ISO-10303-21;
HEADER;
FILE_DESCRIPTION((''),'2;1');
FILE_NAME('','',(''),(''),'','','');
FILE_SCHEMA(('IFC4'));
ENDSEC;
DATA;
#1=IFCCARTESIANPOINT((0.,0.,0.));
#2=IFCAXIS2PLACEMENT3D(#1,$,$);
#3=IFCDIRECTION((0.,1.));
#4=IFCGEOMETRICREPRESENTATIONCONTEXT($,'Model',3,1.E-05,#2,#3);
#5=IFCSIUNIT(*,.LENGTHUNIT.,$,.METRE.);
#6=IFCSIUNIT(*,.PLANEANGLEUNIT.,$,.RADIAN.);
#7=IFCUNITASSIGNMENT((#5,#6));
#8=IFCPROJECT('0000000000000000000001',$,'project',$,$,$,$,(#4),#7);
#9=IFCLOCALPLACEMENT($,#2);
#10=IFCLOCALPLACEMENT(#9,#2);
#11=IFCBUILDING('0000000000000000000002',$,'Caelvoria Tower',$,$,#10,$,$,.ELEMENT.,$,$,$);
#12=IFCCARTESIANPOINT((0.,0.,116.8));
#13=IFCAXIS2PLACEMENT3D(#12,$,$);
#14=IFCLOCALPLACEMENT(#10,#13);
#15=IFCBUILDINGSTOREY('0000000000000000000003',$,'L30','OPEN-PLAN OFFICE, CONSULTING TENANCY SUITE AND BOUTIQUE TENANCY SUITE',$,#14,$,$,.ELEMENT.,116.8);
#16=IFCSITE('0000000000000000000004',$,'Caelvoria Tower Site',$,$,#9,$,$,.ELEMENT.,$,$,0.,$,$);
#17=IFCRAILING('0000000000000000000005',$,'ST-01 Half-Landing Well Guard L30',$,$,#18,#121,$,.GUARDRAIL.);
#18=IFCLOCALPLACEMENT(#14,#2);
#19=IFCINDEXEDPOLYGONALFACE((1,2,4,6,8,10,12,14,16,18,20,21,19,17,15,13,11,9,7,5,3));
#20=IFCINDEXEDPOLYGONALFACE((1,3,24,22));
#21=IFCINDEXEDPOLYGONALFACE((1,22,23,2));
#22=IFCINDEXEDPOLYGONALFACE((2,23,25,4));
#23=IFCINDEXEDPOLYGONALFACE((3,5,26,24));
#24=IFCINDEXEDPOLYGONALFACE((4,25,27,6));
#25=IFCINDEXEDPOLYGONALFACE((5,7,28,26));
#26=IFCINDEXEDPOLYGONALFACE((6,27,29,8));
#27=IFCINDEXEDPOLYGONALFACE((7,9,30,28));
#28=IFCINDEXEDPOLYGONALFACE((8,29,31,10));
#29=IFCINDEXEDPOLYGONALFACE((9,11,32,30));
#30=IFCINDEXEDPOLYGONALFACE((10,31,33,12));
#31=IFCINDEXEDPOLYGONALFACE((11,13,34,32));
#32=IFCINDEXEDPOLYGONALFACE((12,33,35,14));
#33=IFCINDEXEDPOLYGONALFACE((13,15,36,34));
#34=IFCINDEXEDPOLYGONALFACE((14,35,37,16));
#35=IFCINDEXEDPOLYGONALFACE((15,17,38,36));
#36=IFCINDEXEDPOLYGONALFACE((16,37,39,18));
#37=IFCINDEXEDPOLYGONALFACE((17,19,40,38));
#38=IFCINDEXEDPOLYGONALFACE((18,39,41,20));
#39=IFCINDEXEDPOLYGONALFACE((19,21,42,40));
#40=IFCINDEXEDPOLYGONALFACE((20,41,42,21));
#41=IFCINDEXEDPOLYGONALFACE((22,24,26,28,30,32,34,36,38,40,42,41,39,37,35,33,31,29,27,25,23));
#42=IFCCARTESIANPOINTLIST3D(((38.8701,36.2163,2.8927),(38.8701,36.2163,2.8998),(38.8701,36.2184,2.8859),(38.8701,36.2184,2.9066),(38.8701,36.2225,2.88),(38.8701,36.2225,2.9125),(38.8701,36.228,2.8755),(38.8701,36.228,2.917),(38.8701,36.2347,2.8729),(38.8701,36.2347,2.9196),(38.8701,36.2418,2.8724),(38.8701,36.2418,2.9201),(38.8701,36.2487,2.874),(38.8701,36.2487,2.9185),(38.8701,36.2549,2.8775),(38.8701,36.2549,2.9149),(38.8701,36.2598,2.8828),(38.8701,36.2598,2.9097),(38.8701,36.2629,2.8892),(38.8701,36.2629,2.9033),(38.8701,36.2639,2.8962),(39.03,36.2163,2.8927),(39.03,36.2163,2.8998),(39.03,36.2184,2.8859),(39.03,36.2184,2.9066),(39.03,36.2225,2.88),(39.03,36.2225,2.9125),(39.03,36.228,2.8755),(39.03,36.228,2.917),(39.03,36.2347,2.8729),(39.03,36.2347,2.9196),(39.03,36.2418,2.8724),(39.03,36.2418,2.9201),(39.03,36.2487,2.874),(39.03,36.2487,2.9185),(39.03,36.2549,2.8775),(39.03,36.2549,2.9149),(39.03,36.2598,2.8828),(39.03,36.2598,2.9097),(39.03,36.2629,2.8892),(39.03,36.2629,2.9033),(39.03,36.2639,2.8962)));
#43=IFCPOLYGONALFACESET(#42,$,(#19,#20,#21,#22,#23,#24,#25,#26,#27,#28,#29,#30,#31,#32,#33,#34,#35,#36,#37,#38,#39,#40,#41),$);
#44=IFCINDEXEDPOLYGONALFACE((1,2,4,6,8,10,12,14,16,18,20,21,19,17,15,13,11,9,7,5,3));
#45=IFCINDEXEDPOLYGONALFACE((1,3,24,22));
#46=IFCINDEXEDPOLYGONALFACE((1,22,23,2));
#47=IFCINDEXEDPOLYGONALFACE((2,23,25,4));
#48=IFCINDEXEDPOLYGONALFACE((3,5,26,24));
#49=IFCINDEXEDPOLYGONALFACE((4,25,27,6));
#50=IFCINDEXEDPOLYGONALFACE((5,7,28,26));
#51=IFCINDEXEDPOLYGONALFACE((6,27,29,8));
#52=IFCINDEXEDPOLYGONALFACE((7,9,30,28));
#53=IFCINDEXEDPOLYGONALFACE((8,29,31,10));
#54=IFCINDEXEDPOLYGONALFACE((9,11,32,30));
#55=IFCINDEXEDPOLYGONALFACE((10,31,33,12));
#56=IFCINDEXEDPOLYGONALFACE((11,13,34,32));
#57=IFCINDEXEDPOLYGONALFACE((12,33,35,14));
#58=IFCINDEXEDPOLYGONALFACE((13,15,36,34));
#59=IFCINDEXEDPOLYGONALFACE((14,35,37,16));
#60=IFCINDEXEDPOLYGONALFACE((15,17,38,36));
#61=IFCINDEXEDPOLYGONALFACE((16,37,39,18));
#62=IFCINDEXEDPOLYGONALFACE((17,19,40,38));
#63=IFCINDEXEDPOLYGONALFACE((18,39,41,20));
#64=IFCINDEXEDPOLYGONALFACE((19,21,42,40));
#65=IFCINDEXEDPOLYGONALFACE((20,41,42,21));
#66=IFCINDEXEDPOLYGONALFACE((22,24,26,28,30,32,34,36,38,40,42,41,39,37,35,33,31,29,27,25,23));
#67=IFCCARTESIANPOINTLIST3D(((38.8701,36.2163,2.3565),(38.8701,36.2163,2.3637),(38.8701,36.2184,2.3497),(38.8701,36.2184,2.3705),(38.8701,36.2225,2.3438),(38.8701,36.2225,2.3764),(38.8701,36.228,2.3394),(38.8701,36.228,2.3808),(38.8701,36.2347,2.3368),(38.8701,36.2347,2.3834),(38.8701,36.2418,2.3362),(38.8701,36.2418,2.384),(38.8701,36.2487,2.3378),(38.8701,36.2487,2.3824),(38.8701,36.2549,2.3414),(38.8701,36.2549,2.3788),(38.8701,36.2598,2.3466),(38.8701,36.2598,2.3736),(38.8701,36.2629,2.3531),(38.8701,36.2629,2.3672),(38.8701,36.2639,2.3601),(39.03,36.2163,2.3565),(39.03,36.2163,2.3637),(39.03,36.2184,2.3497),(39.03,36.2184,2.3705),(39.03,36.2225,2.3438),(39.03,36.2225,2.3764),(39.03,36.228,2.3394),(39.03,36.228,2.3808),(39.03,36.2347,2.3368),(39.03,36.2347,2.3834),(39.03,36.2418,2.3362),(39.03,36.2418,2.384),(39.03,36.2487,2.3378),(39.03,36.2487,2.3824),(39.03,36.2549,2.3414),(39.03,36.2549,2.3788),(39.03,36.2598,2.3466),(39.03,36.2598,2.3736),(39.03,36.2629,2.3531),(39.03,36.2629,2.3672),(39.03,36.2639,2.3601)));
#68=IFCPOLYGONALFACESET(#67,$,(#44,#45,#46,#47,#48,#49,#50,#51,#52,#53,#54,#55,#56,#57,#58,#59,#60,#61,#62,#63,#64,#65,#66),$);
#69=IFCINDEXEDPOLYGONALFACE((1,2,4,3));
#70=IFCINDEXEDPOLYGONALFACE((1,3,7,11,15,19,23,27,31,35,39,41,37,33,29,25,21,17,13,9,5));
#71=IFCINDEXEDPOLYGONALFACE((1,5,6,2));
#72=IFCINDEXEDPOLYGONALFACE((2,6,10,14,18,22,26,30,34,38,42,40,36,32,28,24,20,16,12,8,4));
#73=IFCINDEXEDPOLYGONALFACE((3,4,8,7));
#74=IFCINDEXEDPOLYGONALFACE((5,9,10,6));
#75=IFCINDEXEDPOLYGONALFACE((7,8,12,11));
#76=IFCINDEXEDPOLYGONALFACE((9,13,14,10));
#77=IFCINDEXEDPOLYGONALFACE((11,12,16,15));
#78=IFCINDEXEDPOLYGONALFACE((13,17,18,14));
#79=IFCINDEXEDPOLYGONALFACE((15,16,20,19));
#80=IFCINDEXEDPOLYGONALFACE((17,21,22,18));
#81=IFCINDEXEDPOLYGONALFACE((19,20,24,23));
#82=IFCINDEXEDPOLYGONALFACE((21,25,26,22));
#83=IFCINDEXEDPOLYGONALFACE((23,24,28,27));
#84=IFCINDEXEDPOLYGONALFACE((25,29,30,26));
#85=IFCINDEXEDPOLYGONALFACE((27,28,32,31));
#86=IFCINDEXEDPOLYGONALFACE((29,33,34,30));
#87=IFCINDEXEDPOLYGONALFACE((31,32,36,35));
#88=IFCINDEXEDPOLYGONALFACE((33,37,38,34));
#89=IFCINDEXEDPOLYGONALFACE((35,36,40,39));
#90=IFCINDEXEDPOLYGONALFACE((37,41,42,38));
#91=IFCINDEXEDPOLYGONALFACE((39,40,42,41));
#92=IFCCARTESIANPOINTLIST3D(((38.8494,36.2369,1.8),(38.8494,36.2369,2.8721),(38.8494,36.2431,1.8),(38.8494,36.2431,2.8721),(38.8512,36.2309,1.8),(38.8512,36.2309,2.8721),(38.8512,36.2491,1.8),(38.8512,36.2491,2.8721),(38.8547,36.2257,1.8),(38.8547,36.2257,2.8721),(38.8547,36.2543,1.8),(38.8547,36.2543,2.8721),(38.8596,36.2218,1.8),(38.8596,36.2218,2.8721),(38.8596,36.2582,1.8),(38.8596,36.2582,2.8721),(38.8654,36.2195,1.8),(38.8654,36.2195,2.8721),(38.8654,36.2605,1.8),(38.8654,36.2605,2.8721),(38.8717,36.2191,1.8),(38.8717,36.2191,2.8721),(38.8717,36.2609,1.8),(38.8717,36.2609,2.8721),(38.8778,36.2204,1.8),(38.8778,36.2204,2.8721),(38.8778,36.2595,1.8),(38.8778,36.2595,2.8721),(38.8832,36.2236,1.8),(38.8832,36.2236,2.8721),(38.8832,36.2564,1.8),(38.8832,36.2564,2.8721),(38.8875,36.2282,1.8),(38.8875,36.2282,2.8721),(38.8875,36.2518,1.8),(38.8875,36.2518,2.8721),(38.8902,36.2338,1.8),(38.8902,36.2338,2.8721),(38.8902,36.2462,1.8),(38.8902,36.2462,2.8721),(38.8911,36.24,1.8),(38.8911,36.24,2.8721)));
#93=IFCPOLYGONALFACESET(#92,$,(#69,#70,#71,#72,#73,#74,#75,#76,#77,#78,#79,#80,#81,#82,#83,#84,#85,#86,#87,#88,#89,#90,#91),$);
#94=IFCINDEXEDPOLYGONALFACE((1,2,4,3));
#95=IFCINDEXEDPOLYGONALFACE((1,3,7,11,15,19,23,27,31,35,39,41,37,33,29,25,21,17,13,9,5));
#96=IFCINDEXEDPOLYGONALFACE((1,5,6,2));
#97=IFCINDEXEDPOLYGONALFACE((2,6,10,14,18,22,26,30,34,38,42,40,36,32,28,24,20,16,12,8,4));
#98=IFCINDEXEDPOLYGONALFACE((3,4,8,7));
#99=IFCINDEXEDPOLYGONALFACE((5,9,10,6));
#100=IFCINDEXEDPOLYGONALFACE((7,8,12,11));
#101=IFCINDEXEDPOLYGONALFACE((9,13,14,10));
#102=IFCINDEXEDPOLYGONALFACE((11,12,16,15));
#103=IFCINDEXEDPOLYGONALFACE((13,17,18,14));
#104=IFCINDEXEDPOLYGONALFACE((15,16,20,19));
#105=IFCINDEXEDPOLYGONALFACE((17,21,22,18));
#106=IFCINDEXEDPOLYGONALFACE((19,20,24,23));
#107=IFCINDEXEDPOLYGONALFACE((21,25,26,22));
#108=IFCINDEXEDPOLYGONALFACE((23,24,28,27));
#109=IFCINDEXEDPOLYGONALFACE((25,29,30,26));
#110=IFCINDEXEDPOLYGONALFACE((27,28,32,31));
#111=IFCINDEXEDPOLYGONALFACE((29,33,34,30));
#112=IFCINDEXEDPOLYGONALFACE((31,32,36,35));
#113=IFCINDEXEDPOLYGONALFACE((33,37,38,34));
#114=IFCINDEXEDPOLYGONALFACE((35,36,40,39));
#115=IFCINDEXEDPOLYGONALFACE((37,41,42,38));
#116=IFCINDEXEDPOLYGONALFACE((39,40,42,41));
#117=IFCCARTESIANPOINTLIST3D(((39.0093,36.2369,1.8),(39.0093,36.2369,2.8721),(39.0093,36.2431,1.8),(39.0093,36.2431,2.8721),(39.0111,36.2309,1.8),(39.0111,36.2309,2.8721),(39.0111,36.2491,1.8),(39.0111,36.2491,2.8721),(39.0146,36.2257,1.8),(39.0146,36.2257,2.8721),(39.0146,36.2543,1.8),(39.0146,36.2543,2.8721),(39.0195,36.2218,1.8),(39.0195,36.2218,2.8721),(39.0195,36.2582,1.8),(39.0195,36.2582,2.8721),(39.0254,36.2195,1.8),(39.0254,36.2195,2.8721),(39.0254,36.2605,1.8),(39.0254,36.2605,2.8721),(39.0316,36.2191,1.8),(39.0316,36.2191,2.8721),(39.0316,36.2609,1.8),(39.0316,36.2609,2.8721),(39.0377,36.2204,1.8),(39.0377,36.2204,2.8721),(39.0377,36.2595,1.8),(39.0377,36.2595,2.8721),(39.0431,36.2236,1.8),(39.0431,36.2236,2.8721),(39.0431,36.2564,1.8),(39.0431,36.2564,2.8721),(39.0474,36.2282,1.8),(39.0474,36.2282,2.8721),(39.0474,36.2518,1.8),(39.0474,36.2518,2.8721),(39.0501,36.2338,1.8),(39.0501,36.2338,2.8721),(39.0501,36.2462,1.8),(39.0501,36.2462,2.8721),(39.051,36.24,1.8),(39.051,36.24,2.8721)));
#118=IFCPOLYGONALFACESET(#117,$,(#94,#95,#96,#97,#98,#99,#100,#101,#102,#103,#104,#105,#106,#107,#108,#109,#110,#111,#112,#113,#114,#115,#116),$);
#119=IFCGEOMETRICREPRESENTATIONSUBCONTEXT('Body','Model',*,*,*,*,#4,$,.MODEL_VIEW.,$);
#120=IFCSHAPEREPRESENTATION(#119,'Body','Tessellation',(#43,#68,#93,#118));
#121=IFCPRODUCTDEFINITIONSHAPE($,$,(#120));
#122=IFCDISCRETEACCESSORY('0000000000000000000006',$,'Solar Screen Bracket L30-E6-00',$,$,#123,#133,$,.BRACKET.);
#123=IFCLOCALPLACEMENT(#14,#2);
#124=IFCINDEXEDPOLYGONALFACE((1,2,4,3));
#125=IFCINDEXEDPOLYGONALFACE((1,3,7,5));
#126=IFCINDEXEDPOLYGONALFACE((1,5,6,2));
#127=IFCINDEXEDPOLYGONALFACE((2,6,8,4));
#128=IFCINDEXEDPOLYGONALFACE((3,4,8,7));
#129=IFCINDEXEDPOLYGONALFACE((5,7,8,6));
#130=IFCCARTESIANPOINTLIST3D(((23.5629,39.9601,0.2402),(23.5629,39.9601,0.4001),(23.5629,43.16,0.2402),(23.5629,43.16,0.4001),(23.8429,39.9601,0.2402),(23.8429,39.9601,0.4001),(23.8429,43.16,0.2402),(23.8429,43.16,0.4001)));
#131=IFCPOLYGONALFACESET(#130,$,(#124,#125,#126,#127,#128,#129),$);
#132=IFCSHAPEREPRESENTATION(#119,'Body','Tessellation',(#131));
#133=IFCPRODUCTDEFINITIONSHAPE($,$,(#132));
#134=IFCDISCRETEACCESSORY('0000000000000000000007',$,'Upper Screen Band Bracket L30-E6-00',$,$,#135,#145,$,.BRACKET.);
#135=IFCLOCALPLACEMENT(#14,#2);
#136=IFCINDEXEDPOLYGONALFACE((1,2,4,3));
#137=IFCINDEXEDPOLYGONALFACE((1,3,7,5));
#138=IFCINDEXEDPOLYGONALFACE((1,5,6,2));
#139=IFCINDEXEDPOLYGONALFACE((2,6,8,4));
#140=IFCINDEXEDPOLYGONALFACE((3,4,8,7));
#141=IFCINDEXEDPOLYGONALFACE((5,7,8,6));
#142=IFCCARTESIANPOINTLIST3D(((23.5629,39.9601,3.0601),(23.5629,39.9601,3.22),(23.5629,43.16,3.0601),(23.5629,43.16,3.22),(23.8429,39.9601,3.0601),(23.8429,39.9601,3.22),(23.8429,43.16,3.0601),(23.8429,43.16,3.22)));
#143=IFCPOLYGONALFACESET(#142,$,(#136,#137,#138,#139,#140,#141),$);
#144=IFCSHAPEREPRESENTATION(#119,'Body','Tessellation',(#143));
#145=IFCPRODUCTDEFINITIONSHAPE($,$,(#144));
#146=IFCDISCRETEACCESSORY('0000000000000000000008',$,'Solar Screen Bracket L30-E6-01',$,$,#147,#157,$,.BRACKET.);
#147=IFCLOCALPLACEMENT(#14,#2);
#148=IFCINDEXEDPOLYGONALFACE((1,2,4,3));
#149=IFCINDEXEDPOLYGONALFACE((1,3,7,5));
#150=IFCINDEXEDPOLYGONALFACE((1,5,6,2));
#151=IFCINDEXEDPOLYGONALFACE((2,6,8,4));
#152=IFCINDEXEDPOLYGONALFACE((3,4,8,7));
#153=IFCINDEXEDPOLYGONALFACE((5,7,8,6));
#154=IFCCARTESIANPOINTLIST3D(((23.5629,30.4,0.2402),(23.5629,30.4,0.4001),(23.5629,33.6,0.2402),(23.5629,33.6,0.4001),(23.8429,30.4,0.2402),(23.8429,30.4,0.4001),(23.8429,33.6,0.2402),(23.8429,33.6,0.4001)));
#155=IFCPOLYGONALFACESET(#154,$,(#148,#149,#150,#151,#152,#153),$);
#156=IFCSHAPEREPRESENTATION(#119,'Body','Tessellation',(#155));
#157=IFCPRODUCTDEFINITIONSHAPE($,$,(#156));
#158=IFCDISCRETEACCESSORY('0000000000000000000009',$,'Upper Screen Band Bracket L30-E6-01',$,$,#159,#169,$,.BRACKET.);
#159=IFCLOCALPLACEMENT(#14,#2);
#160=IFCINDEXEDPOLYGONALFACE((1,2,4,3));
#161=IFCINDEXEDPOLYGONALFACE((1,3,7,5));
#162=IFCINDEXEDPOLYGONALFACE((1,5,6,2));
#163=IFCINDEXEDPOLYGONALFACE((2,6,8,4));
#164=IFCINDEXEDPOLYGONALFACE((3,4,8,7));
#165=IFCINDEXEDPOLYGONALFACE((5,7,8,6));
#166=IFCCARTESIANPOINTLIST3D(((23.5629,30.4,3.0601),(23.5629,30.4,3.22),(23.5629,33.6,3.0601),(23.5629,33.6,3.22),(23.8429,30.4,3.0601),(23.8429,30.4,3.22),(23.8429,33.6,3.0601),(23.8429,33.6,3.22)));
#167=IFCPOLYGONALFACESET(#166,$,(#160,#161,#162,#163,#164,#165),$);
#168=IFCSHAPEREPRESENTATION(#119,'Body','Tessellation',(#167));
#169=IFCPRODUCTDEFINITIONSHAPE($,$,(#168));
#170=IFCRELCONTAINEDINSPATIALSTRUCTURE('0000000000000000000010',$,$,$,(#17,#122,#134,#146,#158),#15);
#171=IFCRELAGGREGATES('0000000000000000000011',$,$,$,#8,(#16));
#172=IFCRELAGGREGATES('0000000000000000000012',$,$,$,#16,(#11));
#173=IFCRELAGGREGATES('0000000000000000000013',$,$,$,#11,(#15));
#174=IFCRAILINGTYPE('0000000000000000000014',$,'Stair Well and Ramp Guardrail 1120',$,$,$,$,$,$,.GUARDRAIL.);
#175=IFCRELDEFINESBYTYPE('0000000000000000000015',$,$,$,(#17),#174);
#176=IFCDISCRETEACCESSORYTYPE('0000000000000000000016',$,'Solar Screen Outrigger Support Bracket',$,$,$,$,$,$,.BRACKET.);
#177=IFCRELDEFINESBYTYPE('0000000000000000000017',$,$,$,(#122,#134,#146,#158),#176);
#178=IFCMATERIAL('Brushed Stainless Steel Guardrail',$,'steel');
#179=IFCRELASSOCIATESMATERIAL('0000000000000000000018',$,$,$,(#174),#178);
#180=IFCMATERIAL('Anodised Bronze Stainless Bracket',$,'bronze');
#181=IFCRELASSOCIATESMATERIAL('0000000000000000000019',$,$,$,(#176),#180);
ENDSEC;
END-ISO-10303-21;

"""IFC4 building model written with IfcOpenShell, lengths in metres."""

from ifc_helpers import new_model, si_unit, direction, frame, origin, origin_2d, place, context, subcontext, project, spatial, rectangle, circle, extrude, material, type_object, element, save


model = new_model("IFC4")

# Units and contexts
model_context = context("Model", 3, precision=1e-05, world=origin(), true_north=direction((0.0, 1.0)))
body_context = subcontext(model_context, "Body", "Model", "MODEL_VIEW")
ifc_project = project(units=[si_unit("LENGTHUNIT", "METRE"), si_unit("PLANEANGLEUNIT", "RADIAN")], contexts=[model_context])

# Site, building, storey
site_placement = place(None, origin())
site = spatial("IfcSite", under=ifc_project, at=site_placement, Name="Caelvoria Tower Site", CompositionType="ELEMENT", RefElevation=0.0)
building_placement = place(site_placement, origin())
building = spatial("IfcBuilding", under=site, at=building_placement, Name="Caelvoria Tower", CompositionType="ELEMENT")
storey_placement = place(building_placement, frame((0.0, 0.0, 116.8)))
storey = spatial("IfcBuildingStorey", under=building, at=storey_placement, Name="L30", Description="OPEN-PLAN OFFICE, CONSULTING TENANCY SUITE AND BOUTIQUE TENANCY SUITE", CompositionType="ELEMENT", Elevation=116.8)

# Railing
ifc_material_1 = material(Name="Brushed Stainless Steel Guardrail", Category="steel")
railing_type_1 = type_object("IfcRailingType", Name="Stair Well and Ramp Guardrail 1120", PredefinedType="GUARDRAIL", material=ifc_material_1)
railing_1_placement = place(storey_placement, frame((38.8701, 36.24, 1.8)))
element("IfcRailing", 1, at=railing_1_placement, inside=storey, type_object=railing_type_1, Name="ST-01 Half-Landing Well Guard L30", PredefinedType="GUARDRAIL", context=body_context, shape_type="SweptSolid", body=[
    extrude(circle(Radius=0.0239, at=origin_2d()), frame((0.0, 0.0, 1.0962), z_axis=(1.0, 0.0, 0.0), x_axis=(0.0, 1.0, 0.0)), (0.0, 0.0, 1.0), 0.1599),
    extrude(circle(Radius=0.0239, at=origin_2d()), frame((0.0, 0.0, 0.5601), z_axis=(1.0, 0.0, 0.0), x_axis=(0.0, 1.0, 0.0)), (0.0, 0.0, 1.0), 0.1599),
    extrude(circle(Radius=0.021, at=origin_2d()), origin(), (0.0, 0.0, 1.0), 1.072),
    extrude(circle(Radius=0.021, at=origin_2d()), frame((0.1599, 0.0, 0.0)), (0.0, 0.0, 1.0), 1.072),
])

# Discrete accessories
ifc_material_2 = material(Name="Anodised Bronze Stainless Bracket", Category="bronze")
discrete_accessory_type = type_object("IfcDiscreteAccessoryType", Name="Solar Screen Outrigger Support Bracket", PredefinedType="BRACKET", material=ifc_material_2)
for number, where, z_axis, x_axis, name in (
    (2, (23.7029, 41.5601, 0.2402), (0.0, 0.0, 1.0), (0.0, -1.0, 0.0), "Solar Screen Bracket L30-E6-00"),
    (3, (23.7029, 41.5601, 3.0601), (0.0, 0.0, 1.0), (0.0, -1.0, 0.0), "Upper Screen Band Bracket L30-E6-00"),
    (4, (23.7029, 32.0, 0.2402), (0.0, 0.0, 1.0), (0.0, -1.0, 0.0), "Solar Screen Bracket L30-E6-01"),
    (5, (23.7029, 32.0, 3.0601), (0.0, 0.0, 1.0), (0.0, -1.0, 0.0), "Upper Screen Band Bracket L30-E6-01"),
):
    element("IfcDiscreteAccessory", number, at=place(storey_placement, frame(where, z_axis=z_axis, x_axis=x_axis)), inside=storey, type_object=discrete_accessory_type, Name=name, PredefinedType="BRACKET", context=body_context, shape_type="SweptSolid", body=[
        extrude(rectangle(XDim=3.2, YDim=0.28, at=origin_2d()), origin(), (0.0, 0.0, 1.0), 0.1599),
    ])

save(model, "model.ifc")
